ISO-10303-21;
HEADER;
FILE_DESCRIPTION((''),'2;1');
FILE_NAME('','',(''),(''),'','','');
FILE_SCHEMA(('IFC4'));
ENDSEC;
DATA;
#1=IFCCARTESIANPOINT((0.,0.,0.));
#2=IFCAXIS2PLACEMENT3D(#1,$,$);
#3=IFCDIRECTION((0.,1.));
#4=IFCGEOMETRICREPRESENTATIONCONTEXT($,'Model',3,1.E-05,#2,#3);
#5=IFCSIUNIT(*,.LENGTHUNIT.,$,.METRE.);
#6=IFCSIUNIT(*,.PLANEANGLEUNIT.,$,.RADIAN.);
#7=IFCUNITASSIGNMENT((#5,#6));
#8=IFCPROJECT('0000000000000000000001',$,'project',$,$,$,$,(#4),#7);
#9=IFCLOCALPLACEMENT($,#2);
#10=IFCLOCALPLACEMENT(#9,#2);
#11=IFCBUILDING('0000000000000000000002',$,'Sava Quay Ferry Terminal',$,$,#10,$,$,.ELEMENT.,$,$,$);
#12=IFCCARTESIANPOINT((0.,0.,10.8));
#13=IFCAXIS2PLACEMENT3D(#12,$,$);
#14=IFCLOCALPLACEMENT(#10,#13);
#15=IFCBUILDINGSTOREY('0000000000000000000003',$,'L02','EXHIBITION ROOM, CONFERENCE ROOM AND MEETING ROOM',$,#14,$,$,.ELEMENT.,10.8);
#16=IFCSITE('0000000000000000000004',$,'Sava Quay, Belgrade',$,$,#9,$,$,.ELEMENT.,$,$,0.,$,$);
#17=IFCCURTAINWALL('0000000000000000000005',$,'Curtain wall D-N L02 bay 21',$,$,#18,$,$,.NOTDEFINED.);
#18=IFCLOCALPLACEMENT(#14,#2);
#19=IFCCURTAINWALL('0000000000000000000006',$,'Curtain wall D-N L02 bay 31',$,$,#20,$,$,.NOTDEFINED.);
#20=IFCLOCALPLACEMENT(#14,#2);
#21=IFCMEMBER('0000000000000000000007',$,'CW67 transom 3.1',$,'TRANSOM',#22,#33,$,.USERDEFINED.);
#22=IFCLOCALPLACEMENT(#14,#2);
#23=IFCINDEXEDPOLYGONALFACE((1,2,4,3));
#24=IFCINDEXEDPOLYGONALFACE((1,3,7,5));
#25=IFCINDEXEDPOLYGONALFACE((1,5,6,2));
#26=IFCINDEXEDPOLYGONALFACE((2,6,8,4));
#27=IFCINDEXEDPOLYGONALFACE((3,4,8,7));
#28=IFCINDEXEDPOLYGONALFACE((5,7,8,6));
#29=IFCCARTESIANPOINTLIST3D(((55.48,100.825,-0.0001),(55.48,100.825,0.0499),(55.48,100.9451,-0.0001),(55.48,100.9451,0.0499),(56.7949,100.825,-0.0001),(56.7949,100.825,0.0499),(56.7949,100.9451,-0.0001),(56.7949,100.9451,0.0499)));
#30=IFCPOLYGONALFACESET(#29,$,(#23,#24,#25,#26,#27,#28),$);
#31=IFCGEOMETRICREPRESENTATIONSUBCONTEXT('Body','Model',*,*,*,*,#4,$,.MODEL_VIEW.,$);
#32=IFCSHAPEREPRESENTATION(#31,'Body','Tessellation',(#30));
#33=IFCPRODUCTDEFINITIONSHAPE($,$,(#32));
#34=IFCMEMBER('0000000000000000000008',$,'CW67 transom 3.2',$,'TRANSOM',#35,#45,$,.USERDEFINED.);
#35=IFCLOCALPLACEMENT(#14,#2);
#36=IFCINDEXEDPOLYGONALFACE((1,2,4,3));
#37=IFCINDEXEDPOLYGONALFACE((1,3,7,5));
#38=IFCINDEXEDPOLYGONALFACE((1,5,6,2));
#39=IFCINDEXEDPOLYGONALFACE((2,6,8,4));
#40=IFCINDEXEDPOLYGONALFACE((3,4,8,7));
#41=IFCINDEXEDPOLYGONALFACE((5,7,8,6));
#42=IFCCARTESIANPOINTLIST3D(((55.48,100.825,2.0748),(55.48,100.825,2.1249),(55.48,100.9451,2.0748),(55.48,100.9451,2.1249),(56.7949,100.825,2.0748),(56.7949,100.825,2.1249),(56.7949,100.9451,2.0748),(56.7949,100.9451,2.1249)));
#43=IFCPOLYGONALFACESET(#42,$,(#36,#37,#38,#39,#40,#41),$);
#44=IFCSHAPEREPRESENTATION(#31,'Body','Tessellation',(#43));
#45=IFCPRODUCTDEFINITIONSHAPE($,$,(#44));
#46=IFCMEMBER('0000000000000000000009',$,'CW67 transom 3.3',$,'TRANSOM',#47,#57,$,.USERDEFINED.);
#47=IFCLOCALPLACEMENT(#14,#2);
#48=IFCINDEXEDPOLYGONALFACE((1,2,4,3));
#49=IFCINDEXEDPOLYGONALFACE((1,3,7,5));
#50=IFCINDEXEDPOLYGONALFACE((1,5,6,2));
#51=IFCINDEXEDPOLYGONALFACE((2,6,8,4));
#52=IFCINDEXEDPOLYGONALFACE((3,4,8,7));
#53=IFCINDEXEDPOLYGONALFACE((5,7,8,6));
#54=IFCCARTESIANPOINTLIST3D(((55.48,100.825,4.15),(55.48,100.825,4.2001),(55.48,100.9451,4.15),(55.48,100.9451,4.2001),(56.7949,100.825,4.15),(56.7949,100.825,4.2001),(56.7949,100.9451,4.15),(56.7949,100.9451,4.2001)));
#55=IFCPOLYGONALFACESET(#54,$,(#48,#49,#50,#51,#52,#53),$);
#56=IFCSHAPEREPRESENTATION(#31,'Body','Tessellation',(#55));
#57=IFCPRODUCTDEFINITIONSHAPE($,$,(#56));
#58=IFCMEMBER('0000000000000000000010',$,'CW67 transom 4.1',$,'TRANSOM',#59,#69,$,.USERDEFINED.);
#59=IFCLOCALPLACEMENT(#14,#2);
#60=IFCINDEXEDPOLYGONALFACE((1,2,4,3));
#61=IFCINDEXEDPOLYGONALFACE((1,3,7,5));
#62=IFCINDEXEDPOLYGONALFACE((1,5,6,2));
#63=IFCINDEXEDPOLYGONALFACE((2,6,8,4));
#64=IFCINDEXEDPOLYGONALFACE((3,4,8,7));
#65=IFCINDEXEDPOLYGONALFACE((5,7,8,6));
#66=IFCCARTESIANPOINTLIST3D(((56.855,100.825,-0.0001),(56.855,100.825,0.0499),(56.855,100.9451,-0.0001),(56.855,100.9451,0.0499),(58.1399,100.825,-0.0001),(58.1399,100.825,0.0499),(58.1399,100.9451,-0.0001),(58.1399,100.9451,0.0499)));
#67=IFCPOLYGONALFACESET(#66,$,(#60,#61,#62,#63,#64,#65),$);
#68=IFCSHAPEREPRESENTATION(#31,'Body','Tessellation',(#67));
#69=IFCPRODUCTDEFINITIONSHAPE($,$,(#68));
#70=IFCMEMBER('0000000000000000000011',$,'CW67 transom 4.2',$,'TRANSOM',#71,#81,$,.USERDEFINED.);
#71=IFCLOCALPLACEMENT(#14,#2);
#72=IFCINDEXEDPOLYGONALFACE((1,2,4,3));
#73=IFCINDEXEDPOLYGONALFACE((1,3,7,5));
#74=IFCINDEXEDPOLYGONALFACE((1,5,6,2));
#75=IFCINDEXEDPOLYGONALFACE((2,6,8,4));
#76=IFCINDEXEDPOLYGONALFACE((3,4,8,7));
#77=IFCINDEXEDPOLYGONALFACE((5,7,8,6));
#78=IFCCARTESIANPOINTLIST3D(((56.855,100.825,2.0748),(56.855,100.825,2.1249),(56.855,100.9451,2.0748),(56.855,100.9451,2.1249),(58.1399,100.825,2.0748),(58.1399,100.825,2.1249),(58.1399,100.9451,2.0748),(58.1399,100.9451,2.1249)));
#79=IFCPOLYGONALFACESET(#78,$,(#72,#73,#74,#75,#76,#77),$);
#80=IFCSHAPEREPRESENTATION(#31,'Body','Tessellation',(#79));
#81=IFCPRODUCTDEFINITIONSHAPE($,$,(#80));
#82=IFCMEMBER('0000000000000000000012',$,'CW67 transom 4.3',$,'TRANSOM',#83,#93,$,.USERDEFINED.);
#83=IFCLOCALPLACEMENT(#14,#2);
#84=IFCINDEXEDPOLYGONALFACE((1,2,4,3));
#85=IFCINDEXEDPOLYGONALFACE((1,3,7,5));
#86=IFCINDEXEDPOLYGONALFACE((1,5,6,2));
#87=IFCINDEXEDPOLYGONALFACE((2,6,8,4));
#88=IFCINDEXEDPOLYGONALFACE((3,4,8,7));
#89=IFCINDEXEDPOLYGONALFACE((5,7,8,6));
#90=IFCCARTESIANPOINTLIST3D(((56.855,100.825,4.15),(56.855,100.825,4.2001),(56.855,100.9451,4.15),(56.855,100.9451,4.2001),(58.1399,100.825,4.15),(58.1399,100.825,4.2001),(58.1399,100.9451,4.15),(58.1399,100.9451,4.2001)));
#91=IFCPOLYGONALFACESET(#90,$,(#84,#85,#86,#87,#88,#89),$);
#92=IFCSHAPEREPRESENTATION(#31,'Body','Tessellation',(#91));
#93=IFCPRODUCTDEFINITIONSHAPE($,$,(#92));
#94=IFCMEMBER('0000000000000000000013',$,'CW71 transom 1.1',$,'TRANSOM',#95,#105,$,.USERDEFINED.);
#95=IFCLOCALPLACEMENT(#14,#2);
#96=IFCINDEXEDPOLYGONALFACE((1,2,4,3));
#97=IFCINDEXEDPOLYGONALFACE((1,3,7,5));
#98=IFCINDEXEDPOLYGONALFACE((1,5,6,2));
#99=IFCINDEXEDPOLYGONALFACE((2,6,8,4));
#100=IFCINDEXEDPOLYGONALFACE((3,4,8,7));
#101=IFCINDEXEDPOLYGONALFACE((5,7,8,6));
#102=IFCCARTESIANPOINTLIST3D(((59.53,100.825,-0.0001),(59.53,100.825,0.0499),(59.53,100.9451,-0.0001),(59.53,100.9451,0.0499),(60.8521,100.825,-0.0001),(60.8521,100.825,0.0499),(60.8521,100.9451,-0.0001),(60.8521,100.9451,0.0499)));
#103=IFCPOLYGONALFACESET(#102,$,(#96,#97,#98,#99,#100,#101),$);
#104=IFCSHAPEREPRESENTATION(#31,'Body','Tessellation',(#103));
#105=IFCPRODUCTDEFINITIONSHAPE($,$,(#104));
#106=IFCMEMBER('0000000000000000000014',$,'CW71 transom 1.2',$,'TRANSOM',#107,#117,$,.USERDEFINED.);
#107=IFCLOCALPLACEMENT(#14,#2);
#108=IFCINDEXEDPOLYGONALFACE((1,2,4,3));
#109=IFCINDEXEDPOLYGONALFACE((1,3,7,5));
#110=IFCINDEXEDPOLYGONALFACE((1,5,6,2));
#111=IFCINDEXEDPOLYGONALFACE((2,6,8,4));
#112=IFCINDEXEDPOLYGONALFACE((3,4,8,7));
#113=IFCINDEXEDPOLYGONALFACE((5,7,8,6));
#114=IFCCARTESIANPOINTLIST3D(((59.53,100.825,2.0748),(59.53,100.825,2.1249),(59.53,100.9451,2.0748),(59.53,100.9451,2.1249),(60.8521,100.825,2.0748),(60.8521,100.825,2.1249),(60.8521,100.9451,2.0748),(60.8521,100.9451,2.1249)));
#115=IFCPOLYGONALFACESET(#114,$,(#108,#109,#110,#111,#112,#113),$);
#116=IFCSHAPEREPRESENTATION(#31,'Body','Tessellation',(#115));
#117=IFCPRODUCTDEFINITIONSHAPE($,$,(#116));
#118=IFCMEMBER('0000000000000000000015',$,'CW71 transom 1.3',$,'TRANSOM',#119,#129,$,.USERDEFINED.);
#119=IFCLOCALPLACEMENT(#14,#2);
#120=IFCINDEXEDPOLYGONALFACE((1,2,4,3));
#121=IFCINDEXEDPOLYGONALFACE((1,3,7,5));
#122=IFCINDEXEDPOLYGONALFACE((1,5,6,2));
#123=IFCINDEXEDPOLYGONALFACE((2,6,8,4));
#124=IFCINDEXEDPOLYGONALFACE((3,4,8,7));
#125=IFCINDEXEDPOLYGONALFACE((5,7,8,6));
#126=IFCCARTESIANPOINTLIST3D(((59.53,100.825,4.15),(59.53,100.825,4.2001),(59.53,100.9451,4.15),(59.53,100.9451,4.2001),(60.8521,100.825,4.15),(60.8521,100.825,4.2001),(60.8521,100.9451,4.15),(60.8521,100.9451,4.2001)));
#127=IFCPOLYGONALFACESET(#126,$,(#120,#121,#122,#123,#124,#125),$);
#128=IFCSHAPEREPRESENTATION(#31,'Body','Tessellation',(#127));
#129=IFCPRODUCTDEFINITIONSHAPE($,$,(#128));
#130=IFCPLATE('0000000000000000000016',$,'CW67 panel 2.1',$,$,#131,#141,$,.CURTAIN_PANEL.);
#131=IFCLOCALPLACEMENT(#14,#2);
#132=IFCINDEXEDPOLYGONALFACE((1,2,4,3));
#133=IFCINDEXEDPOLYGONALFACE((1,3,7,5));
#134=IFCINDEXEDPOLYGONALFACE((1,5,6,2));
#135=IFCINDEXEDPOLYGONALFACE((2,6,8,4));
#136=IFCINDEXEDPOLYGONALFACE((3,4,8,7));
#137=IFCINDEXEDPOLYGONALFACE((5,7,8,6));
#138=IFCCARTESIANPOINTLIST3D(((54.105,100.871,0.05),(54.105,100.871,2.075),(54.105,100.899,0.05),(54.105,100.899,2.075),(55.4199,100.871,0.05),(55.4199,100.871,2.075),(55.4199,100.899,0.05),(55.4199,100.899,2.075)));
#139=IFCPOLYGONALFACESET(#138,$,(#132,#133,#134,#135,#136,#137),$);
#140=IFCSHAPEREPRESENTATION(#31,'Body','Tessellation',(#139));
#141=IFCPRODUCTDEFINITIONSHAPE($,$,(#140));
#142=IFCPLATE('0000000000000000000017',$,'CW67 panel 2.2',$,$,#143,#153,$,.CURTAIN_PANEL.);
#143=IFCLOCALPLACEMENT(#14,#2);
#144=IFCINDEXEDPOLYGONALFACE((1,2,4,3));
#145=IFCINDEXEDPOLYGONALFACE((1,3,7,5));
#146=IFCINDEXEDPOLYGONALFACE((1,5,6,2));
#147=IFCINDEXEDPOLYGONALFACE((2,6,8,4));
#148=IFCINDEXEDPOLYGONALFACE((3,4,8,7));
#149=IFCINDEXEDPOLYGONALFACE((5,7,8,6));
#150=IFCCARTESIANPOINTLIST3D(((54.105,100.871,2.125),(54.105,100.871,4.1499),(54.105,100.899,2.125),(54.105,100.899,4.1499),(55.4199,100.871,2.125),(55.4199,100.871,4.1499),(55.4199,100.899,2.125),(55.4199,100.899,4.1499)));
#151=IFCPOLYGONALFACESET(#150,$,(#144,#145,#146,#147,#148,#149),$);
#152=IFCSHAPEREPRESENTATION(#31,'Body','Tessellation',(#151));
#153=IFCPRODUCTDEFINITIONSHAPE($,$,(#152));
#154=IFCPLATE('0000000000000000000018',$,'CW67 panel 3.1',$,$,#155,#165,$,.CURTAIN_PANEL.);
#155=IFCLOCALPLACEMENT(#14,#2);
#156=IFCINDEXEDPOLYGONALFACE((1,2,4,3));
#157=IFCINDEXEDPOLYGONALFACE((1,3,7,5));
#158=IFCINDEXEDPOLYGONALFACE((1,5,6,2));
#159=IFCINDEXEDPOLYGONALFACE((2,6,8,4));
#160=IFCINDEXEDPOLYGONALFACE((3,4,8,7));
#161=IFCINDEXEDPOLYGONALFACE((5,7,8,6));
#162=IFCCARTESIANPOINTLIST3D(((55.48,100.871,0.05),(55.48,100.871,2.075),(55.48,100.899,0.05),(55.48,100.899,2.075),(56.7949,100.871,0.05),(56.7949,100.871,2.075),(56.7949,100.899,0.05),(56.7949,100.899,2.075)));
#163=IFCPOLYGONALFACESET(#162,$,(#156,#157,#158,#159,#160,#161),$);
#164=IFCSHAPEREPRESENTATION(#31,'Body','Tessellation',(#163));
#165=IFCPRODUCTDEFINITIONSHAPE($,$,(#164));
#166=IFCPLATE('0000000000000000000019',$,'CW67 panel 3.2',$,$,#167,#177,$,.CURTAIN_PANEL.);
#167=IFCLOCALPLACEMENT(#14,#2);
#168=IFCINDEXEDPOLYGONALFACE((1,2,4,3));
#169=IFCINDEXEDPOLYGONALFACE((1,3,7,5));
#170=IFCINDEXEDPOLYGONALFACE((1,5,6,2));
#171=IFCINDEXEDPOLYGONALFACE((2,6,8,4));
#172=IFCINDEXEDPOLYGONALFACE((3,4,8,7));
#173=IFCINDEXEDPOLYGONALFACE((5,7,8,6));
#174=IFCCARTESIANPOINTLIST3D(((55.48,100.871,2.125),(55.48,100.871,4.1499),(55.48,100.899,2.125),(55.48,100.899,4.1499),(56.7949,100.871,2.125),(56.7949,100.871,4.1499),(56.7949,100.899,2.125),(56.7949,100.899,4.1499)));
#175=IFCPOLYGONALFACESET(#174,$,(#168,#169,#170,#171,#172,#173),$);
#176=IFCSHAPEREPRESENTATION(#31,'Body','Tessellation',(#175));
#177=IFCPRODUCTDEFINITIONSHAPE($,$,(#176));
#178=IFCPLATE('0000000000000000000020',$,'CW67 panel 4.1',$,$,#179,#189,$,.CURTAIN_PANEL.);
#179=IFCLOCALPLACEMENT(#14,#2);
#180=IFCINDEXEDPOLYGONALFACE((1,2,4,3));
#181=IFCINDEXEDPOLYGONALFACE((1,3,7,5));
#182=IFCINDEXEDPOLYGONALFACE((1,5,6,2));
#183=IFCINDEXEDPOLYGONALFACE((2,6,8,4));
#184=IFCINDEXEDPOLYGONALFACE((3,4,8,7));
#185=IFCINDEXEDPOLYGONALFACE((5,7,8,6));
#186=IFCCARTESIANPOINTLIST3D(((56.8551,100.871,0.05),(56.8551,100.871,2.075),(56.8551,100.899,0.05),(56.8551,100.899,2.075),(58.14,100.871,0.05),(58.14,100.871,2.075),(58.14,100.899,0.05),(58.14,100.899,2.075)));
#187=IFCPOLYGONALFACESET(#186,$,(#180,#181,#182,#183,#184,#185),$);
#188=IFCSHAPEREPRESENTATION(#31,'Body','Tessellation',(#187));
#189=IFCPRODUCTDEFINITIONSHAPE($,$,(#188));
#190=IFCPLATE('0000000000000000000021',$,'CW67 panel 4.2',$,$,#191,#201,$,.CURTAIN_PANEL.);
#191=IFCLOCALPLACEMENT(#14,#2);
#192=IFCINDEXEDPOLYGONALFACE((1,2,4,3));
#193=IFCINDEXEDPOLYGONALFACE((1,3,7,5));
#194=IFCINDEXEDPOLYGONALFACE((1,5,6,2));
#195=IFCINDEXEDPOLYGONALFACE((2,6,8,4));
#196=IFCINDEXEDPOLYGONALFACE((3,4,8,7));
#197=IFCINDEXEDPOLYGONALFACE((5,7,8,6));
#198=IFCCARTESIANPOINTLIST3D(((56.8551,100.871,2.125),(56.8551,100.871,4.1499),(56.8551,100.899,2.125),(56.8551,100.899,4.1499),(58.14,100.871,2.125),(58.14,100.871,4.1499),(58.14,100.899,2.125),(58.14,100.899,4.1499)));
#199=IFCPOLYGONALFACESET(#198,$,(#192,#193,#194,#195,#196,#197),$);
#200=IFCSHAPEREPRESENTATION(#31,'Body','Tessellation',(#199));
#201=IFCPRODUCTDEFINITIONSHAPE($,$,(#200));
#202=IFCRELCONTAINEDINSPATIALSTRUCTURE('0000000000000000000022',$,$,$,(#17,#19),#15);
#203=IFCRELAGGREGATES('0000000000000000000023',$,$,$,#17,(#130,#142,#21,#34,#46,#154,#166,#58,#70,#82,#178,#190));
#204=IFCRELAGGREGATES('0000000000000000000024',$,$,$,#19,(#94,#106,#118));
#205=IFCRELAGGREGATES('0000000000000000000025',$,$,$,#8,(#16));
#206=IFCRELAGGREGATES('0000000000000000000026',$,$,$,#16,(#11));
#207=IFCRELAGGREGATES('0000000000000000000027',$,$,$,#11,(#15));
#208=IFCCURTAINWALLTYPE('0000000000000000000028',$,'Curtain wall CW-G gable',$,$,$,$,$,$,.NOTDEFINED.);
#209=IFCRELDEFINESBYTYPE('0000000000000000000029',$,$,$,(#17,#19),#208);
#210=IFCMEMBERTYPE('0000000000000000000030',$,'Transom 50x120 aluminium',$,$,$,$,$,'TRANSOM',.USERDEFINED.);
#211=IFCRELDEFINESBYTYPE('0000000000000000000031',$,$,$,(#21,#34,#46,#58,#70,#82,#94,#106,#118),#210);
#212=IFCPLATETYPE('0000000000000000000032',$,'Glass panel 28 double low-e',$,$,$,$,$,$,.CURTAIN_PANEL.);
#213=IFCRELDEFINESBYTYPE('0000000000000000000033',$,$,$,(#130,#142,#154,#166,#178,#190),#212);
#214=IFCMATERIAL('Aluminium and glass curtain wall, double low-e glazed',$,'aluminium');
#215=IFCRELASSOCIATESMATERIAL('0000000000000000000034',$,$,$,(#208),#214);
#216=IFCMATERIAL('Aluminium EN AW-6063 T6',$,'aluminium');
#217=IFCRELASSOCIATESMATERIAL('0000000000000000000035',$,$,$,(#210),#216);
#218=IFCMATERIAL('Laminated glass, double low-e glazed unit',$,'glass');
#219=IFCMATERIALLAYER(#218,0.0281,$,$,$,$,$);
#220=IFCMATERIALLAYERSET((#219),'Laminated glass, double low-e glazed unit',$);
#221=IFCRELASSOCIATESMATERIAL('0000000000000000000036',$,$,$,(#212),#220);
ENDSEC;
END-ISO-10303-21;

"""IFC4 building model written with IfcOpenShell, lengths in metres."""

from ifc_helpers import new_model, si_unit, direction, frame, origin, origin_2d, place, context, subcontext, project, spatial, rectangle, extrude, material, layer, layer_set, material_profile, profile_set, type_object, element, aggregate, save


model = new_model("IFC4")

# Units and contexts
model_context = context("Model", 3, precision=1e-05, world=origin(), true_north=direction((0.0, 1.0)))
body_context = subcontext(model_context, "Body", "Model", "MODEL_VIEW")
ifc_project = project(units=[si_unit("LENGTHUNIT", "METRE"), si_unit("PLANEANGLEUNIT", "RADIAN")], contexts=[model_context])

# Site, building, storey
site_placement = place(None, origin())
site = spatial("IfcSite", under=ifc_project, at=site_placement, Name="Sava Quay, Belgrade", CompositionType="ELEMENT", RefElevation=0.0)
building_placement = place(site_placement, origin())
building = spatial("IfcBuilding", under=site, at=building_placement, Name="Sava Quay Ferry Terminal", CompositionType="ELEMENT")
storey_placement = place(building_placement, frame((0.0, 0.0, 10.8)))
storey = spatial("IfcBuildingStorey", under=building, at=storey_placement, Name="L02", Description="EXHIBITION ROOM, CONFERENCE ROOM AND MEETING ROOM", CompositionType="ELEMENT", Elevation=10.8)

# Curtain wall
ifc_material_1 = material(Name="Aluminium and glass curtain wall, double low-e glazed", Category="aluminium")
curtain_wall_type = type_object("IfcCurtainWallType", Name="Curtain wall CW-G gable", PredefinedType="NOTDEFINED", material=ifc_material_1)
curtain_wall_1_placement = place(storey_placement, origin())
curtain_wall_1 = element("IfcCurtainWall", 1, at=curtain_wall_1_placement, inside=storey, type_object=curtain_wall_type, Name="Curtain wall D-N L02 bay 21", PredefinedType="NOTDEFINED")

# Curtain wall
curtain_wall_2_placement = place(storey_placement, origin())
curtain_wall_2 = element("IfcCurtainWall", 2, at=curtain_wall_2_placement, inside=storey, type_object=curtain_wall_type, Name="Curtain wall D-N L02 bay 31", PredefinedType="NOTDEFINED")

# Members
ifc_material_2 = material(Name="Aluminium EN AW-6063 T6", Category="aluminium")
ifc_material_profile_1 = material_profile(ifc_material_2, rectangle(XDim=0.1201, YDim=0.05, at=origin_2d()), Name="Transom 50x120 aluminium")
ifc_profile_set_1 = profile_set([ifc_material_profile_1], Name="Aluminium EN AW-6063 T6")
member_type_1 = type_object("IfcMemberType", Name="Transom 50x120 aluminium", ElementType="TRANSOM", PredefinedType="USERDEFINED", material=ifc_profile_set_1)
member_1_placement = place(storey_placement, frame((55.48, 100.885, 0.0249), z_axis=(1.0, 0.0, 0.0), x_axis=(0.0, 1.0, 0.0)))
member_1 = element("IfcMember", 3, at=member_1_placement, type_object=member_type_1, Name="CW67 transom 3.1", ObjectType="TRANSOM", PredefinedType="USERDEFINED", context=body_context, shape_type="SweptSolid", body=[
    extrude(rectangle(XDim=0.1201, YDim=0.05, at=origin_2d()), origin(), (0.0, 0.0, 1.0), 1.3149),
])
member_2_placement = place(storey_placement, frame((55.48, 100.885, 2.0999), z_axis=(1.0, 0.0, 0.0), x_axis=(0.0, 1.0, 0.0)))
member_2 = element("IfcMember", 4, at=member_2_placement, type_object=member_type_1, Name="CW67 transom 3.2", ObjectType="TRANSOM", PredefinedType="USERDEFINED", context=body_context, shape_type="SweptSolid", body=[
    extrude(rectangle(XDim=0.1201, YDim=0.05, at=origin_2d()), origin(), (0.0, 0.0, 1.0), 1.3149),
])
member_3_placement = place(storey_placement, frame((55.48, 100.885, 4.175), z_axis=(1.0, 0.0, 0.0), x_axis=(0.0, 1.0, 0.0)))
member_3 = element("IfcMember", 5, at=member_3_placement, type_object=member_type_1, Name="CW67 transom 3.3", ObjectType="TRANSOM", PredefinedType="USERDEFINED", context=body_context, shape_type="SweptSolid", body=[
    extrude(rectangle(XDim=0.1201, YDim=0.05, at=origin_2d()), origin(), (0.0, 0.0, 1.0), 1.3149),
])
member_4_placement = place(storey_placement, frame((56.855, 100.885, 0.0249), z_axis=(1.0, 0.0, 0.0), x_axis=(0.0, 1.0, 0.0)))
member_4 = element("IfcMember", 6, at=member_4_placement, type_object=member_type_1, Name="CW67 transom 4.1", ObjectType="TRANSOM", PredefinedType="USERDEFINED", context=body_context, shape_type="SweptSolid", body=[
    extrude(rectangle(XDim=0.1201, YDim=0.05, at=origin_2d()), origin(), (0.0, 0.0, 1.0), 1.2849),
])
member_5_placement = place(storey_placement, frame((56.855, 100.885, 2.0999), z_axis=(1.0, 0.0, 0.0), x_axis=(0.0, 1.0, 0.0)))
member_5 = element("IfcMember", 7, at=member_5_placement, type_object=member_type_1, Name="CW67 transom 4.2", ObjectType="TRANSOM", PredefinedType="USERDEFINED", context=body_context, shape_type="SweptSolid", body=[
    extrude(rectangle(XDim=0.1201, YDim=0.05, at=origin_2d()), origin(), (0.0, 0.0, 1.0), 1.2849),
])
member_6_placement = place(storey_placement, frame((56.855, 100.885, 4.175), z_axis=(1.0, 0.0, 0.0), x_axis=(0.0, 1.0, 0.0)))
member_6 = element("IfcMember", 8, at=member_6_placement, type_object=member_type_1, Name="CW67 transom 4.3", ObjectType="TRANSOM", PredefinedType="USERDEFINED", context=body_context, shape_type="SweptSolid", body=[
    extrude(rectangle(XDim=0.1201, YDim=0.05, at=origin_2d()), origin(), (0.0, 0.0, 1.0), 1.2849),
])
member_7_placement = place(storey_placement, frame((59.53, 100.885, 0.0249), z_axis=(1.0, 0.0, 0.0), x_axis=(0.0, 1.0, 0.0)))
member_7 = element("IfcMember", 9, at=member_7_placement, type_object=member_type_1, Name="CW71 transom 1.1", ObjectType="TRANSOM", PredefinedType="USERDEFINED", context=body_context, shape_type="SweptSolid", body=[
    extrude(rectangle(XDim=0.1201, YDim=0.05, at=origin_2d()), origin(), (0.0, 0.0, 1.0), 1.322),
])
member_8_placement = place(storey_placement, frame((59.53, 100.885, 2.0999), z_axis=(1.0, 0.0, 0.0), x_axis=(0.0, 1.0, 0.0)))
member_8 = element("IfcMember", 10, at=member_8_placement, type_object=member_type_1, Name="CW71 transom 1.2", ObjectType="TRANSOM", PredefinedType="USERDEFINED", context=body_context, shape_type="SweptSolid", body=[
    extrude(rectangle(XDim=0.1201, YDim=0.05, at=origin_2d()), origin(), (0.0, 0.0, 1.0), 1.322),
])
member_9_placement = place(storey_placement, frame((59.53, 100.885, 4.175), z_axis=(1.0, 0.0, 0.0), x_axis=(0.0, 1.0, 0.0)))
member_9 = element("IfcMember", 11, at=member_9_placement, type_object=member_type_1, Name="CW71 transom 1.3", ObjectType="TRANSOM", PredefinedType="USERDEFINED", context=body_context, shape_type="SweptSolid", body=[
    extrude(rectangle(XDim=0.1201, YDim=0.05, at=origin_2d()), origin(), (0.0, 0.0, 1.0), 1.322),
])

# Plates
ifc_material_3 = material(Name="Laminated glass, double low-e glazed unit", Category="glass")
ifc_layer_1 = layer(ifc_material_3, 0.0281)
ifc_layer_set_1 = layer_set([ifc_layer_1], Name="Laminated glass, double low-e glazed unit")
plate_type = type_object("IfcPlateType", Name="Glass panel 28 double low-e", PredefinedType="CURTAIN_PANEL", material=ifc_layer_set_1)
plate_1_placement = place(storey_placement, frame((54.7625, 100.885, 0.05), z_axis=(0.0, 0.0, 1.0), x_axis=(1.0, 0.0, 0.0)))
plate_1 = element("IfcPlate", 12, at=plate_1_placement, type_object=plate_type, Name="CW67 panel 2.1", PredefinedType="CURTAIN_PANEL", context=body_context, shape_type="SweptSolid", body=[
    extrude(rectangle(XDim=1.3149, YDim=0.0281, at=origin_2d()), origin(), (0.0, 0.0, 1.0), 2.0249),
])
plate_2_placement = place(storey_placement, frame((54.7625, 100.885, 2.125), z_axis=(0.0, 0.0, 1.0), x_axis=(1.0, 0.0, 0.0)))
plate_2 = element("IfcPlate", 13, at=plate_2_placement, type_object=plate_type, Name="CW67 panel 2.2", PredefinedType="CURTAIN_PANEL", context=body_context, shape_type="SweptSolid", body=[
    extrude(rectangle(XDim=1.3149, YDim=0.0281, at=origin_2d()), origin(), (0.0, 0.0, 1.0), 2.0249),
])
plate_3_placement = place(storey_placement, frame((56.1375, 100.885, 0.05), z_axis=(0.0, 0.0, 1.0), x_axis=(1.0, 0.0, 0.0)))
plate_3 = element("IfcPlate", 14, at=plate_3_placement, type_object=plate_type, Name="CW67 panel 3.1", PredefinedType="CURTAIN_PANEL", context=body_context, shape_type="SweptSolid", body=[
    extrude(rectangle(XDim=1.3149, YDim=0.0281, at=origin_2d()), origin(), (0.0, 0.0, 1.0), 2.0249),
])
plate_4_placement = place(storey_placement, frame((56.1375, 100.885, 2.125), z_axis=(0.0, 0.0, 1.0), x_axis=(1.0, 0.0, 0.0)))
plate_4 = element("IfcPlate", 15, at=plate_4_placement, type_object=plate_type, Name="CW67 panel 3.2", PredefinedType="CURTAIN_PANEL", context=body_context, shape_type="SweptSolid", body=[
    extrude(rectangle(XDim=1.3149, YDim=0.0281, at=origin_2d()), origin(), (0.0, 0.0, 1.0), 2.0249),
])
plate_5_placement = place(storey_placement, frame((57.4976, 100.885, 0.05), z_axis=(0.0, 0.0, 1.0), x_axis=(1.0, 0.0, 0.0)))
plate_5 = element("IfcPlate", 16, at=plate_5_placement, type_object=plate_type, Name="CW67 panel 4.1", PredefinedType="CURTAIN_PANEL", context=body_context, shape_type="SweptSolid", body=[
    extrude(rectangle(XDim=1.2849, YDim=0.0281, at=origin_2d()), origin(), (0.0, 0.0, 1.0), 2.0249),
])
plate_6_placement = place(storey_placement, frame((57.4976, 100.885, 2.125), z_axis=(0.0, 0.0, 1.0), x_axis=(1.0, 0.0, 0.0)))
plate_6 = element("IfcPlate", 17, at=plate_6_placement, type_object=plate_type, Name="CW67 panel 4.2", PredefinedType="CURTAIN_PANEL", context=body_context, shape_type="SweptSolid", body=[
    extrude(rectangle(XDim=1.2849, YDim=0.0281, at=origin_2d()), origin(), (0.0, 0.0, 1.0), 2.0249),
])
aggregate(curtain_wall_1, [plate_1, plate_2, member_1, member_2, member_3, plate_3, plate_4, member_4, member_5, member_6, plate_5, plate_6])
aggregate(curtain_wall_2, [member_7, member_8, member_9])

save(model, "model.ifc")
